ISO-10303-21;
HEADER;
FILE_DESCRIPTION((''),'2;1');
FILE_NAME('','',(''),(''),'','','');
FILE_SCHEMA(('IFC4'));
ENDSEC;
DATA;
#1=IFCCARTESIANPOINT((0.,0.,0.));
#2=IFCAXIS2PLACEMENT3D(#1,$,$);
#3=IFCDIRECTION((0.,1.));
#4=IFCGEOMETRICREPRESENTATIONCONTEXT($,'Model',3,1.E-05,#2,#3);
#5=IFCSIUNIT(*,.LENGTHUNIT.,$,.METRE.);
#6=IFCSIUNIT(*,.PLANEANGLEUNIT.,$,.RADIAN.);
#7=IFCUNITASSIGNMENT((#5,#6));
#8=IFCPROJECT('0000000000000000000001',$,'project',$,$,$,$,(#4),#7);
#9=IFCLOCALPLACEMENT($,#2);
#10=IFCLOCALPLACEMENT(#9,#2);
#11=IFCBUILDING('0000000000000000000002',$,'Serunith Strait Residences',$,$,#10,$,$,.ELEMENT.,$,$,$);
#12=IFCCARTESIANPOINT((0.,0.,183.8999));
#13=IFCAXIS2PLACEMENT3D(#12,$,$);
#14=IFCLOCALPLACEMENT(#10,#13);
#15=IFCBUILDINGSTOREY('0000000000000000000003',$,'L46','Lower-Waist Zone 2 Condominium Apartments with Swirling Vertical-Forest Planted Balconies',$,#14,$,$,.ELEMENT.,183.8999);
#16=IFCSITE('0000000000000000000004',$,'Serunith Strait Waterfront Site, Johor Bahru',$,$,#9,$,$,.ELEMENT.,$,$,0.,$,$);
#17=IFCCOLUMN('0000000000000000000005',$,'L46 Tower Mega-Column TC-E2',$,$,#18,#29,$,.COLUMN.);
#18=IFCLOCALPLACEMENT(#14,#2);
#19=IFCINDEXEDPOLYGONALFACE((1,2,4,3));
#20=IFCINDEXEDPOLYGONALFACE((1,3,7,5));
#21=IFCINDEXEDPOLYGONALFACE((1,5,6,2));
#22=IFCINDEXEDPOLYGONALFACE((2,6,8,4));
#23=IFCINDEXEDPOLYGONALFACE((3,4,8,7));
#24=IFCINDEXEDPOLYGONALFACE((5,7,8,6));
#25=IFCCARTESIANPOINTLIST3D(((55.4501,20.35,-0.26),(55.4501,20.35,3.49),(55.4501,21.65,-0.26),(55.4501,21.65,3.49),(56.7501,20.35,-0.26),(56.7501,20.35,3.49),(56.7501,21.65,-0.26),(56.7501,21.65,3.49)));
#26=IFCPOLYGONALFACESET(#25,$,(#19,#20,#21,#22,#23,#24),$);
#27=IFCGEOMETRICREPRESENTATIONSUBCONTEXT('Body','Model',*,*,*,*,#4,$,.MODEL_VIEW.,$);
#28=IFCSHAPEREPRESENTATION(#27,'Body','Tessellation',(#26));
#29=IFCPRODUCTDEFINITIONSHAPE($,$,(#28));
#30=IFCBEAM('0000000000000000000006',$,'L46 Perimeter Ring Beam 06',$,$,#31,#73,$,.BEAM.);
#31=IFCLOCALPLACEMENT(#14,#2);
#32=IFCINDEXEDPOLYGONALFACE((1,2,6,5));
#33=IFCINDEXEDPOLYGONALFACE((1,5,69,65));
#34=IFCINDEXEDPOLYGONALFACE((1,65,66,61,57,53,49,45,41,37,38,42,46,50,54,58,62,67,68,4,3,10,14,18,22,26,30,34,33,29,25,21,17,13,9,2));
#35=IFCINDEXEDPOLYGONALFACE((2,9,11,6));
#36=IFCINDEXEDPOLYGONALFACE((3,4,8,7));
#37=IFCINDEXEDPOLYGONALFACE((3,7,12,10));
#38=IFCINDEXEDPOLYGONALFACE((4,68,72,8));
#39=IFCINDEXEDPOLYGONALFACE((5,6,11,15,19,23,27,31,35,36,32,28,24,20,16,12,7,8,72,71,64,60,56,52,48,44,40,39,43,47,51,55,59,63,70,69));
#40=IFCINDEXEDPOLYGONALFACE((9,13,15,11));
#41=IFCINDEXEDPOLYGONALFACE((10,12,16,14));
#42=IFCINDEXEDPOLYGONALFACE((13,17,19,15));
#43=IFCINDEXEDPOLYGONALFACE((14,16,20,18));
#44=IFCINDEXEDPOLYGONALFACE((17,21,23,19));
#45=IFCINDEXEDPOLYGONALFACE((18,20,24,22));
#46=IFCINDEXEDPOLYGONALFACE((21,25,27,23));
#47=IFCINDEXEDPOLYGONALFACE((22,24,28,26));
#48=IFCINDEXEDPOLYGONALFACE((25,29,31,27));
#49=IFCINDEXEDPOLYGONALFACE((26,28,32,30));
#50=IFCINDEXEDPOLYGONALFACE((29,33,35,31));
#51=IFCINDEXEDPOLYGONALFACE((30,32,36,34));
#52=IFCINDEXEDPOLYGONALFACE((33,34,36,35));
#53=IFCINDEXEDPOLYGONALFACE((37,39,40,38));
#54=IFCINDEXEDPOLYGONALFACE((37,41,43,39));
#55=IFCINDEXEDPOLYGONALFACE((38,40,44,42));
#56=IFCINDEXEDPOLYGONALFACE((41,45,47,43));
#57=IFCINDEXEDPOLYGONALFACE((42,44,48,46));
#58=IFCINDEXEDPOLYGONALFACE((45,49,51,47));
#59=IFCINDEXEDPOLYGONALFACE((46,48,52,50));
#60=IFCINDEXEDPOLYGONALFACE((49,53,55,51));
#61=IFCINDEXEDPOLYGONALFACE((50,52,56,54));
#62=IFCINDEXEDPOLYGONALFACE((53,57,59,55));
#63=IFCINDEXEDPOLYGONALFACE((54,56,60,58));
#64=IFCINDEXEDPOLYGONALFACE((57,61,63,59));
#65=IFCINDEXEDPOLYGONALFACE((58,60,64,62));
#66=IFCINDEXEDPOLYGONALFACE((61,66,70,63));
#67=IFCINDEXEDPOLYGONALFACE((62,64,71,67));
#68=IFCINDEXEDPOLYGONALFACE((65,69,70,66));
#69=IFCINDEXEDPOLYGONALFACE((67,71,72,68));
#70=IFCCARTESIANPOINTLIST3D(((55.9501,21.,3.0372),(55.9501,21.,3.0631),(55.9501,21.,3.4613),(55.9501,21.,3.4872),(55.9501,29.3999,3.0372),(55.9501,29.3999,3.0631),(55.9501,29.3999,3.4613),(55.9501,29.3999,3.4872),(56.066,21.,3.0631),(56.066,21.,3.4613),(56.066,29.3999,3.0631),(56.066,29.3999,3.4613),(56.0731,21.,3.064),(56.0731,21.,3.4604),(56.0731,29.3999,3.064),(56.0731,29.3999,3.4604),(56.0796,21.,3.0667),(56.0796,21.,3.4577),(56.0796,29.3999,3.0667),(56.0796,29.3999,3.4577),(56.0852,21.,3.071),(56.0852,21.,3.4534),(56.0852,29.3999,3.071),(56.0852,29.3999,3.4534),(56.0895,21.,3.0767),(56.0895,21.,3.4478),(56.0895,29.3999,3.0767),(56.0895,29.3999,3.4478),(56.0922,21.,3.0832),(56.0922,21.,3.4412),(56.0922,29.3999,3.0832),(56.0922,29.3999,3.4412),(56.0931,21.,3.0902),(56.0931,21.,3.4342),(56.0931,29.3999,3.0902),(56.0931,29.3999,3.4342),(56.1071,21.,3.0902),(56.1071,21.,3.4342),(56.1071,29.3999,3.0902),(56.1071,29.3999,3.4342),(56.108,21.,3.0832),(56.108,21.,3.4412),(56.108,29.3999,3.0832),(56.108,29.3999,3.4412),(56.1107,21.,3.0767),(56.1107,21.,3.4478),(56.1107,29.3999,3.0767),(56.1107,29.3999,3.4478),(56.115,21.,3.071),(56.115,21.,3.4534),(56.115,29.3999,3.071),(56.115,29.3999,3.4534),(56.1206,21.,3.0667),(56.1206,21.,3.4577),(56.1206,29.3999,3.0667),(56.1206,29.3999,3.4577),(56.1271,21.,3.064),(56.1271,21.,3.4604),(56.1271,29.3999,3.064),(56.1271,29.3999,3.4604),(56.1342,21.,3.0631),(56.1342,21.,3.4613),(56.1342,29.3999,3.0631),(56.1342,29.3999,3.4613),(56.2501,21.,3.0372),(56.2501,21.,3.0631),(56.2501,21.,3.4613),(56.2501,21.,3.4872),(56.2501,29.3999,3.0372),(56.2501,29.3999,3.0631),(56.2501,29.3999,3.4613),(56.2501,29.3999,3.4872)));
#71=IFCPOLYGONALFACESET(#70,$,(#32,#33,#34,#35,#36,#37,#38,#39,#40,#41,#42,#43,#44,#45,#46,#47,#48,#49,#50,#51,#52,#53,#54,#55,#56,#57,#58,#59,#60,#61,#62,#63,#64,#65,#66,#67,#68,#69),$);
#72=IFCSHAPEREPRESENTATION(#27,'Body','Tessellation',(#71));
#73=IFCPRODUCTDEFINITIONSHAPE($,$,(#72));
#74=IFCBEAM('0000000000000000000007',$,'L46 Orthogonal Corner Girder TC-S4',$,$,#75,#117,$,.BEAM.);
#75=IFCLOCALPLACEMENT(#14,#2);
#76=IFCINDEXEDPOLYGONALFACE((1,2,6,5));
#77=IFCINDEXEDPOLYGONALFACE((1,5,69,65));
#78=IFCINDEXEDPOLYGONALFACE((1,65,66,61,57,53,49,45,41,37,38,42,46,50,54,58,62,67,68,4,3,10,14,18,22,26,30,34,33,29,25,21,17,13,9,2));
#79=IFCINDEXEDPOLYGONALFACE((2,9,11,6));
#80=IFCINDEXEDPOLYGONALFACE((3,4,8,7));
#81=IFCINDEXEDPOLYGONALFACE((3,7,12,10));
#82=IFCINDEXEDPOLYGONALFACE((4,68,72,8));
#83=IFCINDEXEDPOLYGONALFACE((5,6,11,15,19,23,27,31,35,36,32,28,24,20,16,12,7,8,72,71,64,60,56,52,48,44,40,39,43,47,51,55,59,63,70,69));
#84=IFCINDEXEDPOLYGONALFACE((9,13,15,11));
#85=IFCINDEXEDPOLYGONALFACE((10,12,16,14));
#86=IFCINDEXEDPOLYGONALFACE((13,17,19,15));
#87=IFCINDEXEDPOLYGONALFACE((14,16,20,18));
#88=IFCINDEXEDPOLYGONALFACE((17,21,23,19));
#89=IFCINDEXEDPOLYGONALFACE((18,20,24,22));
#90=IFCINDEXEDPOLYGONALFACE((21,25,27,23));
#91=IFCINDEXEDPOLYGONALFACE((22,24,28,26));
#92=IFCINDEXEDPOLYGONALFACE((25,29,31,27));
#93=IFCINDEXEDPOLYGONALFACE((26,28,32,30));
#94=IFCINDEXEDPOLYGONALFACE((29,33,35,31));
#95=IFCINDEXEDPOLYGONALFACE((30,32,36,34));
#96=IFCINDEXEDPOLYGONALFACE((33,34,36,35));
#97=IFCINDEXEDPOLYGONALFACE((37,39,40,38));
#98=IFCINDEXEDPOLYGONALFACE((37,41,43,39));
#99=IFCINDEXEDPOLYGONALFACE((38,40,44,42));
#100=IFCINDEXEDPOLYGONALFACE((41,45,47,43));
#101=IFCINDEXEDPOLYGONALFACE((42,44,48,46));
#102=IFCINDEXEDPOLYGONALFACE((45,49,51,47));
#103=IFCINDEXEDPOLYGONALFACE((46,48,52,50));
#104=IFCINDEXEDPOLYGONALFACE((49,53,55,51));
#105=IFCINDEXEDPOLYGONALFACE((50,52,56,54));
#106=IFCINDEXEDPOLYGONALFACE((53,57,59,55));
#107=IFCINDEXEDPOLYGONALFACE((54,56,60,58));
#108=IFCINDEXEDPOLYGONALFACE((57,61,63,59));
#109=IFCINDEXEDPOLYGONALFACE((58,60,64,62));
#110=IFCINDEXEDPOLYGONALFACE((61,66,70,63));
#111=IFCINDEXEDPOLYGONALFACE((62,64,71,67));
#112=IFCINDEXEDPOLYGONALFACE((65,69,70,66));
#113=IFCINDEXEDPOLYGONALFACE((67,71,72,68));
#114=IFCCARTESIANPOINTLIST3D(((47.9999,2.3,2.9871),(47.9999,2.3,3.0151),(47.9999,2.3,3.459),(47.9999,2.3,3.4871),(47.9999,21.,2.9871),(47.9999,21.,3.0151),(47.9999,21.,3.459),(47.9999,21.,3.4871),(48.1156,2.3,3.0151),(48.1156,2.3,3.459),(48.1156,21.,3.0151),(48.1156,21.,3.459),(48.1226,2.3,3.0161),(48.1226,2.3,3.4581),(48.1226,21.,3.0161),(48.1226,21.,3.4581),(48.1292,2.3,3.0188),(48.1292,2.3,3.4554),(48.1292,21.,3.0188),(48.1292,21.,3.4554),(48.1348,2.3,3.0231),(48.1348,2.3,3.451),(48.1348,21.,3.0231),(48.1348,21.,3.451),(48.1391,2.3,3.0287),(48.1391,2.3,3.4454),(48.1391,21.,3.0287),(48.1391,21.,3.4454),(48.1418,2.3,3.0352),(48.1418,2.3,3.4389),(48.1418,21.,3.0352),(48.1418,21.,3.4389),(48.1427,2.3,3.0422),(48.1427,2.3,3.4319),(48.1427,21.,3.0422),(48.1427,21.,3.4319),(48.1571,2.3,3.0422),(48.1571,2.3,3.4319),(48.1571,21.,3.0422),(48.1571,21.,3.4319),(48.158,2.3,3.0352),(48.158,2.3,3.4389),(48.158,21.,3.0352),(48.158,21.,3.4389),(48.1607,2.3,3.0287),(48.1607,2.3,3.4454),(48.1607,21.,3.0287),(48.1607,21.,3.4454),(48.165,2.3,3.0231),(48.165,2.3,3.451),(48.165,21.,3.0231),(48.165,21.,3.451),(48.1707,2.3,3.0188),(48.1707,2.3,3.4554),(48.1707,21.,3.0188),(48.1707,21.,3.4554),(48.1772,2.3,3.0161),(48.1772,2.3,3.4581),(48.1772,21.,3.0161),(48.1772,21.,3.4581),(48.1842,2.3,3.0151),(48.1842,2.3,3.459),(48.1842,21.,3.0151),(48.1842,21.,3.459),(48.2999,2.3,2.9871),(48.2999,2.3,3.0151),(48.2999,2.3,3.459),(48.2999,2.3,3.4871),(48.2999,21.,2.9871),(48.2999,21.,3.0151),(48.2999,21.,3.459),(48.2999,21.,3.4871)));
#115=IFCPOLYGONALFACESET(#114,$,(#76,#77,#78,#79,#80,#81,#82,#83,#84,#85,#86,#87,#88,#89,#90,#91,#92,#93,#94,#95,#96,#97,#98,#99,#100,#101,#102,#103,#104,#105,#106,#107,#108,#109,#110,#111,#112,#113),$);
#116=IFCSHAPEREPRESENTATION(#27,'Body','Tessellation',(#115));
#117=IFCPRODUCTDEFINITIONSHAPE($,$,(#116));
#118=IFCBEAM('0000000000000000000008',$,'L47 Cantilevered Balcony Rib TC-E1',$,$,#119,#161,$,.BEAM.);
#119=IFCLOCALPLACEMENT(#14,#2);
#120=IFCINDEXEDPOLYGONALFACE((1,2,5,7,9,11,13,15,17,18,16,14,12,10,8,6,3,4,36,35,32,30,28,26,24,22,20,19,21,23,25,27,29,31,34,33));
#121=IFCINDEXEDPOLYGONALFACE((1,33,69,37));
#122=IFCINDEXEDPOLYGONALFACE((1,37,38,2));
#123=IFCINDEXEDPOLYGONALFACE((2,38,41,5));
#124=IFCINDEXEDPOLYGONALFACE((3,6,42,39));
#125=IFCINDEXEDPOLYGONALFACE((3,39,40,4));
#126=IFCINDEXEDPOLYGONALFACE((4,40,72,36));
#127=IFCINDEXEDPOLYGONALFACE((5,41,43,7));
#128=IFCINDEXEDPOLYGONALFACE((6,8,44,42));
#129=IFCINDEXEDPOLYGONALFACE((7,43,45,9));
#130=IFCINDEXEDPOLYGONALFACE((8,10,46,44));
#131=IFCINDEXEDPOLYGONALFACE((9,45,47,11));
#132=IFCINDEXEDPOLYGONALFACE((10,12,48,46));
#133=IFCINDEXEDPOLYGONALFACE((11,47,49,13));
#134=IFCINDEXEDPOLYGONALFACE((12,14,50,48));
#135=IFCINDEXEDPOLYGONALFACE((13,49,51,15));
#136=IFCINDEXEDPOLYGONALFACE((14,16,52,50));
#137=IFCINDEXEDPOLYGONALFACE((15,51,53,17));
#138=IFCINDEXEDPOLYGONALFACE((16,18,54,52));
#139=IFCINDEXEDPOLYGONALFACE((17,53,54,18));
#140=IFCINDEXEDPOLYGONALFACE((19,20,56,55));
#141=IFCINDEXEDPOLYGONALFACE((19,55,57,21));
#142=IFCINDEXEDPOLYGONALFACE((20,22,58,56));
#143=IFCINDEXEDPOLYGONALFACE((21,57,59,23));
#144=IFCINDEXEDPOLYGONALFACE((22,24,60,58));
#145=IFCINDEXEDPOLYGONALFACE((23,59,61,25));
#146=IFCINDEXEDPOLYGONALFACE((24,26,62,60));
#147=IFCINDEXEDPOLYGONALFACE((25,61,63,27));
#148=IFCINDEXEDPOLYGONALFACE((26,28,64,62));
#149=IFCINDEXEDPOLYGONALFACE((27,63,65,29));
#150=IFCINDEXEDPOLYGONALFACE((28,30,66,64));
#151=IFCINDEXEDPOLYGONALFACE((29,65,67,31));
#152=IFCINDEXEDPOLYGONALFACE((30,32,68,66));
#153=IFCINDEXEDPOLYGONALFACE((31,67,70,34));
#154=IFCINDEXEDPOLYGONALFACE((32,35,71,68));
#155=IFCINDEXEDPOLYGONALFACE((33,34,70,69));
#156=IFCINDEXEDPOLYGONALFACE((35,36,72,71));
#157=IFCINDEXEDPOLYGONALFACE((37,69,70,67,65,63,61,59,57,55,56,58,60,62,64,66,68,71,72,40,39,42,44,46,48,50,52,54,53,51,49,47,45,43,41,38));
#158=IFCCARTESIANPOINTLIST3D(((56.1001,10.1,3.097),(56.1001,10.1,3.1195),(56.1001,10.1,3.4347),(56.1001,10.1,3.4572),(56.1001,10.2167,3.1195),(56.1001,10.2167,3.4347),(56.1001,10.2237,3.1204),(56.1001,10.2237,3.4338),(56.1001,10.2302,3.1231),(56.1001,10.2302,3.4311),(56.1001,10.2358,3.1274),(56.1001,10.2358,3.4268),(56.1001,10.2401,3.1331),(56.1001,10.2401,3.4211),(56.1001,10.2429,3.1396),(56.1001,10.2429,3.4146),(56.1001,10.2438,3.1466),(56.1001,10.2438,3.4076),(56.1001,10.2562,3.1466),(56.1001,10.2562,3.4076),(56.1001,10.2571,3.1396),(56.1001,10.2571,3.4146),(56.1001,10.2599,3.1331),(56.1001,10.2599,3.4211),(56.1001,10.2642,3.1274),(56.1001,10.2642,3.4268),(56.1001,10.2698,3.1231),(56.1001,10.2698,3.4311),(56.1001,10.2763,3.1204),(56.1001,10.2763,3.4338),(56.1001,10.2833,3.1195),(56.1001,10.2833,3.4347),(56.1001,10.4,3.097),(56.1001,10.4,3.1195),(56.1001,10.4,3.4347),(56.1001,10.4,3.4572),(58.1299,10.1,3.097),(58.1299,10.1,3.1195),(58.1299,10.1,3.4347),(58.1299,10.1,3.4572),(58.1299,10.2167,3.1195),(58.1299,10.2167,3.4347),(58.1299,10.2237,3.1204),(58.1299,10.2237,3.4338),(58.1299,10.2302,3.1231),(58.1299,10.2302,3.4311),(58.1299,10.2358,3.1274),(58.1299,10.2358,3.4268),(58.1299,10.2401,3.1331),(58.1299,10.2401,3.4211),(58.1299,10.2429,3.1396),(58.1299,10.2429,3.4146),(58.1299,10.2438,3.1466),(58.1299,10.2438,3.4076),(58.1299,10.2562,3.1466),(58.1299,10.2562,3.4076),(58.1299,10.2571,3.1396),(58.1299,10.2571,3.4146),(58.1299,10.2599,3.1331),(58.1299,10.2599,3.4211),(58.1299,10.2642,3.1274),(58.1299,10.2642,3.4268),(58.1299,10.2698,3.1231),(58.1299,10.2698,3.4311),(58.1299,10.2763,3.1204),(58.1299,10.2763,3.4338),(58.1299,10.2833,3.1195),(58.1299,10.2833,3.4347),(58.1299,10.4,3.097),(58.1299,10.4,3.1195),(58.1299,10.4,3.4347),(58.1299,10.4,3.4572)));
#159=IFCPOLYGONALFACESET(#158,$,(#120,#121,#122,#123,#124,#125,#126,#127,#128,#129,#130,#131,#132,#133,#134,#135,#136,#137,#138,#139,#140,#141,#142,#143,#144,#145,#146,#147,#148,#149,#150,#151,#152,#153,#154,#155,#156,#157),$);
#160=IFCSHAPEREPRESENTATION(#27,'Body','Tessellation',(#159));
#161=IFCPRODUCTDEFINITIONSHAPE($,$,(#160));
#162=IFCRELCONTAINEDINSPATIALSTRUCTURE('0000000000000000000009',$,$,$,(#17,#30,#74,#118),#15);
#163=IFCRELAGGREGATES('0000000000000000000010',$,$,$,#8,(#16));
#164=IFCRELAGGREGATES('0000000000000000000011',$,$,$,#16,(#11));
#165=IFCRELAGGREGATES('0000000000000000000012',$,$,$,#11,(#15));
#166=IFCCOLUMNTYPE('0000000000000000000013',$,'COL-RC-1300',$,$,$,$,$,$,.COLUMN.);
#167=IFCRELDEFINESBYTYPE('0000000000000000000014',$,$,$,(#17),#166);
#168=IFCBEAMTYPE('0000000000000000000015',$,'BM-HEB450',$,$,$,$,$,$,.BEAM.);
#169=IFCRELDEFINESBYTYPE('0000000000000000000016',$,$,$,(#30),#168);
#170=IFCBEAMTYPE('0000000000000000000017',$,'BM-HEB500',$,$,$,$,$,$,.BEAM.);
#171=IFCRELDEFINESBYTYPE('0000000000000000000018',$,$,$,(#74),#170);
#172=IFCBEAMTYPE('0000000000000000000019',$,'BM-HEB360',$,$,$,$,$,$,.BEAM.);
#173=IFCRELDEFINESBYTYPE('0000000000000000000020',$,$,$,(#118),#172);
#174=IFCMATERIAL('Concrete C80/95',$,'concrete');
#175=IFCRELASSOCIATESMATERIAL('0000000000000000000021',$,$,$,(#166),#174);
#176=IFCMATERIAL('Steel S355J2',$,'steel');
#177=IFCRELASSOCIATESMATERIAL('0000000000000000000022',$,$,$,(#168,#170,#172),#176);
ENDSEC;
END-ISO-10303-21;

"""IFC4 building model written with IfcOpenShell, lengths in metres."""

from ifc_helpers import new_model, si_unit, direction, frame, origin, origin_2d, place, context, subcontext, project, spatial, rectangle, i_section, extrude, source, transform, mapped, material, material_profile, profile_set, type_object, element, save


model = new_model("IFC4")

# Units and contexts
model_context = context("Model", 3, precision=1e-05, world=origin(), true_north=direction((0.0, 1.0)))
body_context = subcontext(model_context, "Body", "Model", "MODEL_VIEW")
ifc_project = project(units=[si_unit("LENGTHUNIT", "METRE"), si_unit("PLANEANGLEUNIT", "RADIAN")], contexts=[model_context])

# Site, building, storey
site_placement = place(None, origin())
site = spatial("IfcSite", under=ifc_project, at=site_placement, Name="Serunith Strait Waterfront Site, Johor Bahru", CompositionType="ELEMENT", RefElevation=0.0)
building_placement = place(site_placement, origin())
building = spatial("IfcBuilding", under=site, at=building_placement, Name="Serunith Strait Residences", CompositionType="ELEMENT")
storey_placement = place(building_placement, frame((0.0, 0.0, 183.8999)))
storey = spatial("IfcBuildingStorey", under=building, at=storey_placement, Name="L46", Description="Lower-Waist Zone 2 Condominium Apartments with Swirling Vertical-Forest Planted Balconies", CompositionType="ELEMENT", Elevation=183.8999)

# Column
ifc_material_1 = material(Name="Concrete C80/95", Category="concrete")
ifc_material_profile_1 = material_profile(ifc_material_1, rectangle(XDim=1.3, YDim=1.3, at=origin_2d()), Name="RC 1300x1300")
ifc_profile_set_1 = profile_set([ifc_material_profile_1], Name="Concrete C80/95")
column_type = type_object("IfcColumnType", Name="COL-RC-1300", PredefinedType="COLUMN", material=ifc_profile_set_1)
shared_shape_1 = source(origin(), body_context, "Body", "SweptSolid", [
    extrude(rectangle(XDim=1.3, YDim=1.3, at=origin_2d()), origin(), (0.0, 0.0, 1.0), 3.75),
])
column_placement = place(storey_placement, frame((56.1001, 21.0, -0.26), z_axis=(0.0, 0.0, 1.0), x_axis=(1.0, 0.0, 0.0)))
element("IfcColumn", 1, at=column_placement, inside=storey, type_object=column_type, Name="L46 Tower Mega-Column TC-E2", PredefinedType="COLUMN", context=body_context, shape_type="MappedRepresentation", body=[
    mapped(shared_shape_1, transform((0.0, 0.0, 0.0), scale=1.0)),
])

# Beams
ifc_material_2 = material(Name="Steel S355J2", Category="steel")
ifc_material_profile_2 = material_profile(ifc_material_2, i_section(OverallWidth=0.3, OverallDepth=0.45, WebThickness=0.0139, FlangeThickness=0.0259, FilletRadius=0.0271, at=origin_2d()), Name="HEB 450")
ifc_profile_set_2 = profile_set([ifc_material_profile_2], Name="Steel S355J2")
beam_type_1 = type_object("IfcBeamType", Name="BM-HEB450", PredefinedType="BEAM", material=ifc_profile_set_2)
shared_shape_2 = source(origin(), body_context, "Body", "SweptSolid", [
    extrude(i_section(OverallWidth=0.3, OverallDepth=0.45, WebThickness=0.0139, FlangeThickness=0.0259, FilletRadius=0.0271, at=origin_2d()), origin(), (0.0, 0.0, 1.0), 8.3999),
])
beam_1_placement = place(storey_placement, frame((56.1001, 21.0, 3.2622), z_axis=(0.0, 1.0, 0.0), x_axis=(-1.0, 0.0, 0.0)))
element("IfcBeam", 2, at=beam_1_placement, inside=storey, type_object=beam_type_1, Name="L46 Perimeter Ring Beam 06", PredefinedType="BEAM", context=body_context, shape_type="MappedRepresentation", body=[
    mapped(shared_shape_2, transform((0.0, 0.0, 0.0), scale=1.0)),
])
ifc_material_profile_3 = material_profile(ifc_material_2, i_section(OverallWidth=0.3, OverallDepth=0.5, WebThickness=0.0144, FlangeThickness=0.0281, FilletRadius=0.0271, at=origin_2d()), Name="HEB 500")
ifc_profile_set_3 = profile_set([ifc_material_profile_3], Name="Steel S355J2")
beam_type_2 = type_object("IfcBeamType", Name="BM-HEB500", PredefinedType="BEAM", material=ifc_profile_set_3)
shared_shape_3 = source(origin(), body_context, "Body", "SweptSolid", [
    extrude(i_section(OverallWidth=0.3, OverallDepth=0.5, WebThickness=0.0144, FlangeThickness=0.0281, FilletRadius=0.0271, at=origin_2d()), origin(), (0.0, 0.0, 1.0), 18.7),
])
beam_2_placement = place(storey_placement, frame((48.1499, 21.0, 3.2371), z_axis=(0.0, -1.0, 0.0), x_axis=(1.0, 0.0, 0.0)))
element("IfcBeam", 3, at=beam_2_placement, inside=storey, type_object=beam_type_2, Name="L46 Orthogonal Corner Girder TC-S4", PredefinedType="BEAM", context=body_context, shape_type="MappedRepresentation", body=[
    mapped(shared_shape_3, transform((0.0, 0.0, 0.0), scale=1.0)),
])
ifc_material_profile_4 = material_profile(ifc_material_2, i_section(OverallWidth=0.3, OverallDepth=0.3601, WebThickness=0.0125, FlangeThickness=0.0225, FilletRadius=0.0271, at=origin_2d()), Name="HEB 360")
ifc_profile_set_4 = profile_set([ifc_material_profile_4], Name="Steel S355J2")
beam_type_3 = type_object("IfcBeamType", Name="BM-HEB360", PredefinedType="BEAM", material=ifc_profile_set_4)
shared_shape_4 = source(origin(), body_context, "Body", "SweptSolid", [
    extrude(i_section(OverallWidth=0.3, OverallDepth=0.3601, WebThickness=0.0125, FlangeThickness=0.0225, FilletRadius=0.0271, at=origin_2d()), origin(), (0.0, 0.0, 1.0), 2.0298),
])
for number, where, z_axis, x_axis, name in (
    (4, (56.1001, 10.25, 3.2771), (1.0, 0.0, 0.0), (0.0, 1.0, 0.0), "L47 Cantilevered Balcony Rib TC-E1"),
):
    element("IfcBeam", number, at=place(storey_placement, frame(where, z_axis=z_axis, x_axis=x_axis)), inside=storey, type_object=beam_type_3, Name=name, PredefinedType="BEAM", context=body_context, shape_type="MappedRepresentation", body=[
        mapped(shared_shape_4, transform((0.0, 0.0, 0.0), scale=1.0)),
    ])

save(model, "model.ifc")
